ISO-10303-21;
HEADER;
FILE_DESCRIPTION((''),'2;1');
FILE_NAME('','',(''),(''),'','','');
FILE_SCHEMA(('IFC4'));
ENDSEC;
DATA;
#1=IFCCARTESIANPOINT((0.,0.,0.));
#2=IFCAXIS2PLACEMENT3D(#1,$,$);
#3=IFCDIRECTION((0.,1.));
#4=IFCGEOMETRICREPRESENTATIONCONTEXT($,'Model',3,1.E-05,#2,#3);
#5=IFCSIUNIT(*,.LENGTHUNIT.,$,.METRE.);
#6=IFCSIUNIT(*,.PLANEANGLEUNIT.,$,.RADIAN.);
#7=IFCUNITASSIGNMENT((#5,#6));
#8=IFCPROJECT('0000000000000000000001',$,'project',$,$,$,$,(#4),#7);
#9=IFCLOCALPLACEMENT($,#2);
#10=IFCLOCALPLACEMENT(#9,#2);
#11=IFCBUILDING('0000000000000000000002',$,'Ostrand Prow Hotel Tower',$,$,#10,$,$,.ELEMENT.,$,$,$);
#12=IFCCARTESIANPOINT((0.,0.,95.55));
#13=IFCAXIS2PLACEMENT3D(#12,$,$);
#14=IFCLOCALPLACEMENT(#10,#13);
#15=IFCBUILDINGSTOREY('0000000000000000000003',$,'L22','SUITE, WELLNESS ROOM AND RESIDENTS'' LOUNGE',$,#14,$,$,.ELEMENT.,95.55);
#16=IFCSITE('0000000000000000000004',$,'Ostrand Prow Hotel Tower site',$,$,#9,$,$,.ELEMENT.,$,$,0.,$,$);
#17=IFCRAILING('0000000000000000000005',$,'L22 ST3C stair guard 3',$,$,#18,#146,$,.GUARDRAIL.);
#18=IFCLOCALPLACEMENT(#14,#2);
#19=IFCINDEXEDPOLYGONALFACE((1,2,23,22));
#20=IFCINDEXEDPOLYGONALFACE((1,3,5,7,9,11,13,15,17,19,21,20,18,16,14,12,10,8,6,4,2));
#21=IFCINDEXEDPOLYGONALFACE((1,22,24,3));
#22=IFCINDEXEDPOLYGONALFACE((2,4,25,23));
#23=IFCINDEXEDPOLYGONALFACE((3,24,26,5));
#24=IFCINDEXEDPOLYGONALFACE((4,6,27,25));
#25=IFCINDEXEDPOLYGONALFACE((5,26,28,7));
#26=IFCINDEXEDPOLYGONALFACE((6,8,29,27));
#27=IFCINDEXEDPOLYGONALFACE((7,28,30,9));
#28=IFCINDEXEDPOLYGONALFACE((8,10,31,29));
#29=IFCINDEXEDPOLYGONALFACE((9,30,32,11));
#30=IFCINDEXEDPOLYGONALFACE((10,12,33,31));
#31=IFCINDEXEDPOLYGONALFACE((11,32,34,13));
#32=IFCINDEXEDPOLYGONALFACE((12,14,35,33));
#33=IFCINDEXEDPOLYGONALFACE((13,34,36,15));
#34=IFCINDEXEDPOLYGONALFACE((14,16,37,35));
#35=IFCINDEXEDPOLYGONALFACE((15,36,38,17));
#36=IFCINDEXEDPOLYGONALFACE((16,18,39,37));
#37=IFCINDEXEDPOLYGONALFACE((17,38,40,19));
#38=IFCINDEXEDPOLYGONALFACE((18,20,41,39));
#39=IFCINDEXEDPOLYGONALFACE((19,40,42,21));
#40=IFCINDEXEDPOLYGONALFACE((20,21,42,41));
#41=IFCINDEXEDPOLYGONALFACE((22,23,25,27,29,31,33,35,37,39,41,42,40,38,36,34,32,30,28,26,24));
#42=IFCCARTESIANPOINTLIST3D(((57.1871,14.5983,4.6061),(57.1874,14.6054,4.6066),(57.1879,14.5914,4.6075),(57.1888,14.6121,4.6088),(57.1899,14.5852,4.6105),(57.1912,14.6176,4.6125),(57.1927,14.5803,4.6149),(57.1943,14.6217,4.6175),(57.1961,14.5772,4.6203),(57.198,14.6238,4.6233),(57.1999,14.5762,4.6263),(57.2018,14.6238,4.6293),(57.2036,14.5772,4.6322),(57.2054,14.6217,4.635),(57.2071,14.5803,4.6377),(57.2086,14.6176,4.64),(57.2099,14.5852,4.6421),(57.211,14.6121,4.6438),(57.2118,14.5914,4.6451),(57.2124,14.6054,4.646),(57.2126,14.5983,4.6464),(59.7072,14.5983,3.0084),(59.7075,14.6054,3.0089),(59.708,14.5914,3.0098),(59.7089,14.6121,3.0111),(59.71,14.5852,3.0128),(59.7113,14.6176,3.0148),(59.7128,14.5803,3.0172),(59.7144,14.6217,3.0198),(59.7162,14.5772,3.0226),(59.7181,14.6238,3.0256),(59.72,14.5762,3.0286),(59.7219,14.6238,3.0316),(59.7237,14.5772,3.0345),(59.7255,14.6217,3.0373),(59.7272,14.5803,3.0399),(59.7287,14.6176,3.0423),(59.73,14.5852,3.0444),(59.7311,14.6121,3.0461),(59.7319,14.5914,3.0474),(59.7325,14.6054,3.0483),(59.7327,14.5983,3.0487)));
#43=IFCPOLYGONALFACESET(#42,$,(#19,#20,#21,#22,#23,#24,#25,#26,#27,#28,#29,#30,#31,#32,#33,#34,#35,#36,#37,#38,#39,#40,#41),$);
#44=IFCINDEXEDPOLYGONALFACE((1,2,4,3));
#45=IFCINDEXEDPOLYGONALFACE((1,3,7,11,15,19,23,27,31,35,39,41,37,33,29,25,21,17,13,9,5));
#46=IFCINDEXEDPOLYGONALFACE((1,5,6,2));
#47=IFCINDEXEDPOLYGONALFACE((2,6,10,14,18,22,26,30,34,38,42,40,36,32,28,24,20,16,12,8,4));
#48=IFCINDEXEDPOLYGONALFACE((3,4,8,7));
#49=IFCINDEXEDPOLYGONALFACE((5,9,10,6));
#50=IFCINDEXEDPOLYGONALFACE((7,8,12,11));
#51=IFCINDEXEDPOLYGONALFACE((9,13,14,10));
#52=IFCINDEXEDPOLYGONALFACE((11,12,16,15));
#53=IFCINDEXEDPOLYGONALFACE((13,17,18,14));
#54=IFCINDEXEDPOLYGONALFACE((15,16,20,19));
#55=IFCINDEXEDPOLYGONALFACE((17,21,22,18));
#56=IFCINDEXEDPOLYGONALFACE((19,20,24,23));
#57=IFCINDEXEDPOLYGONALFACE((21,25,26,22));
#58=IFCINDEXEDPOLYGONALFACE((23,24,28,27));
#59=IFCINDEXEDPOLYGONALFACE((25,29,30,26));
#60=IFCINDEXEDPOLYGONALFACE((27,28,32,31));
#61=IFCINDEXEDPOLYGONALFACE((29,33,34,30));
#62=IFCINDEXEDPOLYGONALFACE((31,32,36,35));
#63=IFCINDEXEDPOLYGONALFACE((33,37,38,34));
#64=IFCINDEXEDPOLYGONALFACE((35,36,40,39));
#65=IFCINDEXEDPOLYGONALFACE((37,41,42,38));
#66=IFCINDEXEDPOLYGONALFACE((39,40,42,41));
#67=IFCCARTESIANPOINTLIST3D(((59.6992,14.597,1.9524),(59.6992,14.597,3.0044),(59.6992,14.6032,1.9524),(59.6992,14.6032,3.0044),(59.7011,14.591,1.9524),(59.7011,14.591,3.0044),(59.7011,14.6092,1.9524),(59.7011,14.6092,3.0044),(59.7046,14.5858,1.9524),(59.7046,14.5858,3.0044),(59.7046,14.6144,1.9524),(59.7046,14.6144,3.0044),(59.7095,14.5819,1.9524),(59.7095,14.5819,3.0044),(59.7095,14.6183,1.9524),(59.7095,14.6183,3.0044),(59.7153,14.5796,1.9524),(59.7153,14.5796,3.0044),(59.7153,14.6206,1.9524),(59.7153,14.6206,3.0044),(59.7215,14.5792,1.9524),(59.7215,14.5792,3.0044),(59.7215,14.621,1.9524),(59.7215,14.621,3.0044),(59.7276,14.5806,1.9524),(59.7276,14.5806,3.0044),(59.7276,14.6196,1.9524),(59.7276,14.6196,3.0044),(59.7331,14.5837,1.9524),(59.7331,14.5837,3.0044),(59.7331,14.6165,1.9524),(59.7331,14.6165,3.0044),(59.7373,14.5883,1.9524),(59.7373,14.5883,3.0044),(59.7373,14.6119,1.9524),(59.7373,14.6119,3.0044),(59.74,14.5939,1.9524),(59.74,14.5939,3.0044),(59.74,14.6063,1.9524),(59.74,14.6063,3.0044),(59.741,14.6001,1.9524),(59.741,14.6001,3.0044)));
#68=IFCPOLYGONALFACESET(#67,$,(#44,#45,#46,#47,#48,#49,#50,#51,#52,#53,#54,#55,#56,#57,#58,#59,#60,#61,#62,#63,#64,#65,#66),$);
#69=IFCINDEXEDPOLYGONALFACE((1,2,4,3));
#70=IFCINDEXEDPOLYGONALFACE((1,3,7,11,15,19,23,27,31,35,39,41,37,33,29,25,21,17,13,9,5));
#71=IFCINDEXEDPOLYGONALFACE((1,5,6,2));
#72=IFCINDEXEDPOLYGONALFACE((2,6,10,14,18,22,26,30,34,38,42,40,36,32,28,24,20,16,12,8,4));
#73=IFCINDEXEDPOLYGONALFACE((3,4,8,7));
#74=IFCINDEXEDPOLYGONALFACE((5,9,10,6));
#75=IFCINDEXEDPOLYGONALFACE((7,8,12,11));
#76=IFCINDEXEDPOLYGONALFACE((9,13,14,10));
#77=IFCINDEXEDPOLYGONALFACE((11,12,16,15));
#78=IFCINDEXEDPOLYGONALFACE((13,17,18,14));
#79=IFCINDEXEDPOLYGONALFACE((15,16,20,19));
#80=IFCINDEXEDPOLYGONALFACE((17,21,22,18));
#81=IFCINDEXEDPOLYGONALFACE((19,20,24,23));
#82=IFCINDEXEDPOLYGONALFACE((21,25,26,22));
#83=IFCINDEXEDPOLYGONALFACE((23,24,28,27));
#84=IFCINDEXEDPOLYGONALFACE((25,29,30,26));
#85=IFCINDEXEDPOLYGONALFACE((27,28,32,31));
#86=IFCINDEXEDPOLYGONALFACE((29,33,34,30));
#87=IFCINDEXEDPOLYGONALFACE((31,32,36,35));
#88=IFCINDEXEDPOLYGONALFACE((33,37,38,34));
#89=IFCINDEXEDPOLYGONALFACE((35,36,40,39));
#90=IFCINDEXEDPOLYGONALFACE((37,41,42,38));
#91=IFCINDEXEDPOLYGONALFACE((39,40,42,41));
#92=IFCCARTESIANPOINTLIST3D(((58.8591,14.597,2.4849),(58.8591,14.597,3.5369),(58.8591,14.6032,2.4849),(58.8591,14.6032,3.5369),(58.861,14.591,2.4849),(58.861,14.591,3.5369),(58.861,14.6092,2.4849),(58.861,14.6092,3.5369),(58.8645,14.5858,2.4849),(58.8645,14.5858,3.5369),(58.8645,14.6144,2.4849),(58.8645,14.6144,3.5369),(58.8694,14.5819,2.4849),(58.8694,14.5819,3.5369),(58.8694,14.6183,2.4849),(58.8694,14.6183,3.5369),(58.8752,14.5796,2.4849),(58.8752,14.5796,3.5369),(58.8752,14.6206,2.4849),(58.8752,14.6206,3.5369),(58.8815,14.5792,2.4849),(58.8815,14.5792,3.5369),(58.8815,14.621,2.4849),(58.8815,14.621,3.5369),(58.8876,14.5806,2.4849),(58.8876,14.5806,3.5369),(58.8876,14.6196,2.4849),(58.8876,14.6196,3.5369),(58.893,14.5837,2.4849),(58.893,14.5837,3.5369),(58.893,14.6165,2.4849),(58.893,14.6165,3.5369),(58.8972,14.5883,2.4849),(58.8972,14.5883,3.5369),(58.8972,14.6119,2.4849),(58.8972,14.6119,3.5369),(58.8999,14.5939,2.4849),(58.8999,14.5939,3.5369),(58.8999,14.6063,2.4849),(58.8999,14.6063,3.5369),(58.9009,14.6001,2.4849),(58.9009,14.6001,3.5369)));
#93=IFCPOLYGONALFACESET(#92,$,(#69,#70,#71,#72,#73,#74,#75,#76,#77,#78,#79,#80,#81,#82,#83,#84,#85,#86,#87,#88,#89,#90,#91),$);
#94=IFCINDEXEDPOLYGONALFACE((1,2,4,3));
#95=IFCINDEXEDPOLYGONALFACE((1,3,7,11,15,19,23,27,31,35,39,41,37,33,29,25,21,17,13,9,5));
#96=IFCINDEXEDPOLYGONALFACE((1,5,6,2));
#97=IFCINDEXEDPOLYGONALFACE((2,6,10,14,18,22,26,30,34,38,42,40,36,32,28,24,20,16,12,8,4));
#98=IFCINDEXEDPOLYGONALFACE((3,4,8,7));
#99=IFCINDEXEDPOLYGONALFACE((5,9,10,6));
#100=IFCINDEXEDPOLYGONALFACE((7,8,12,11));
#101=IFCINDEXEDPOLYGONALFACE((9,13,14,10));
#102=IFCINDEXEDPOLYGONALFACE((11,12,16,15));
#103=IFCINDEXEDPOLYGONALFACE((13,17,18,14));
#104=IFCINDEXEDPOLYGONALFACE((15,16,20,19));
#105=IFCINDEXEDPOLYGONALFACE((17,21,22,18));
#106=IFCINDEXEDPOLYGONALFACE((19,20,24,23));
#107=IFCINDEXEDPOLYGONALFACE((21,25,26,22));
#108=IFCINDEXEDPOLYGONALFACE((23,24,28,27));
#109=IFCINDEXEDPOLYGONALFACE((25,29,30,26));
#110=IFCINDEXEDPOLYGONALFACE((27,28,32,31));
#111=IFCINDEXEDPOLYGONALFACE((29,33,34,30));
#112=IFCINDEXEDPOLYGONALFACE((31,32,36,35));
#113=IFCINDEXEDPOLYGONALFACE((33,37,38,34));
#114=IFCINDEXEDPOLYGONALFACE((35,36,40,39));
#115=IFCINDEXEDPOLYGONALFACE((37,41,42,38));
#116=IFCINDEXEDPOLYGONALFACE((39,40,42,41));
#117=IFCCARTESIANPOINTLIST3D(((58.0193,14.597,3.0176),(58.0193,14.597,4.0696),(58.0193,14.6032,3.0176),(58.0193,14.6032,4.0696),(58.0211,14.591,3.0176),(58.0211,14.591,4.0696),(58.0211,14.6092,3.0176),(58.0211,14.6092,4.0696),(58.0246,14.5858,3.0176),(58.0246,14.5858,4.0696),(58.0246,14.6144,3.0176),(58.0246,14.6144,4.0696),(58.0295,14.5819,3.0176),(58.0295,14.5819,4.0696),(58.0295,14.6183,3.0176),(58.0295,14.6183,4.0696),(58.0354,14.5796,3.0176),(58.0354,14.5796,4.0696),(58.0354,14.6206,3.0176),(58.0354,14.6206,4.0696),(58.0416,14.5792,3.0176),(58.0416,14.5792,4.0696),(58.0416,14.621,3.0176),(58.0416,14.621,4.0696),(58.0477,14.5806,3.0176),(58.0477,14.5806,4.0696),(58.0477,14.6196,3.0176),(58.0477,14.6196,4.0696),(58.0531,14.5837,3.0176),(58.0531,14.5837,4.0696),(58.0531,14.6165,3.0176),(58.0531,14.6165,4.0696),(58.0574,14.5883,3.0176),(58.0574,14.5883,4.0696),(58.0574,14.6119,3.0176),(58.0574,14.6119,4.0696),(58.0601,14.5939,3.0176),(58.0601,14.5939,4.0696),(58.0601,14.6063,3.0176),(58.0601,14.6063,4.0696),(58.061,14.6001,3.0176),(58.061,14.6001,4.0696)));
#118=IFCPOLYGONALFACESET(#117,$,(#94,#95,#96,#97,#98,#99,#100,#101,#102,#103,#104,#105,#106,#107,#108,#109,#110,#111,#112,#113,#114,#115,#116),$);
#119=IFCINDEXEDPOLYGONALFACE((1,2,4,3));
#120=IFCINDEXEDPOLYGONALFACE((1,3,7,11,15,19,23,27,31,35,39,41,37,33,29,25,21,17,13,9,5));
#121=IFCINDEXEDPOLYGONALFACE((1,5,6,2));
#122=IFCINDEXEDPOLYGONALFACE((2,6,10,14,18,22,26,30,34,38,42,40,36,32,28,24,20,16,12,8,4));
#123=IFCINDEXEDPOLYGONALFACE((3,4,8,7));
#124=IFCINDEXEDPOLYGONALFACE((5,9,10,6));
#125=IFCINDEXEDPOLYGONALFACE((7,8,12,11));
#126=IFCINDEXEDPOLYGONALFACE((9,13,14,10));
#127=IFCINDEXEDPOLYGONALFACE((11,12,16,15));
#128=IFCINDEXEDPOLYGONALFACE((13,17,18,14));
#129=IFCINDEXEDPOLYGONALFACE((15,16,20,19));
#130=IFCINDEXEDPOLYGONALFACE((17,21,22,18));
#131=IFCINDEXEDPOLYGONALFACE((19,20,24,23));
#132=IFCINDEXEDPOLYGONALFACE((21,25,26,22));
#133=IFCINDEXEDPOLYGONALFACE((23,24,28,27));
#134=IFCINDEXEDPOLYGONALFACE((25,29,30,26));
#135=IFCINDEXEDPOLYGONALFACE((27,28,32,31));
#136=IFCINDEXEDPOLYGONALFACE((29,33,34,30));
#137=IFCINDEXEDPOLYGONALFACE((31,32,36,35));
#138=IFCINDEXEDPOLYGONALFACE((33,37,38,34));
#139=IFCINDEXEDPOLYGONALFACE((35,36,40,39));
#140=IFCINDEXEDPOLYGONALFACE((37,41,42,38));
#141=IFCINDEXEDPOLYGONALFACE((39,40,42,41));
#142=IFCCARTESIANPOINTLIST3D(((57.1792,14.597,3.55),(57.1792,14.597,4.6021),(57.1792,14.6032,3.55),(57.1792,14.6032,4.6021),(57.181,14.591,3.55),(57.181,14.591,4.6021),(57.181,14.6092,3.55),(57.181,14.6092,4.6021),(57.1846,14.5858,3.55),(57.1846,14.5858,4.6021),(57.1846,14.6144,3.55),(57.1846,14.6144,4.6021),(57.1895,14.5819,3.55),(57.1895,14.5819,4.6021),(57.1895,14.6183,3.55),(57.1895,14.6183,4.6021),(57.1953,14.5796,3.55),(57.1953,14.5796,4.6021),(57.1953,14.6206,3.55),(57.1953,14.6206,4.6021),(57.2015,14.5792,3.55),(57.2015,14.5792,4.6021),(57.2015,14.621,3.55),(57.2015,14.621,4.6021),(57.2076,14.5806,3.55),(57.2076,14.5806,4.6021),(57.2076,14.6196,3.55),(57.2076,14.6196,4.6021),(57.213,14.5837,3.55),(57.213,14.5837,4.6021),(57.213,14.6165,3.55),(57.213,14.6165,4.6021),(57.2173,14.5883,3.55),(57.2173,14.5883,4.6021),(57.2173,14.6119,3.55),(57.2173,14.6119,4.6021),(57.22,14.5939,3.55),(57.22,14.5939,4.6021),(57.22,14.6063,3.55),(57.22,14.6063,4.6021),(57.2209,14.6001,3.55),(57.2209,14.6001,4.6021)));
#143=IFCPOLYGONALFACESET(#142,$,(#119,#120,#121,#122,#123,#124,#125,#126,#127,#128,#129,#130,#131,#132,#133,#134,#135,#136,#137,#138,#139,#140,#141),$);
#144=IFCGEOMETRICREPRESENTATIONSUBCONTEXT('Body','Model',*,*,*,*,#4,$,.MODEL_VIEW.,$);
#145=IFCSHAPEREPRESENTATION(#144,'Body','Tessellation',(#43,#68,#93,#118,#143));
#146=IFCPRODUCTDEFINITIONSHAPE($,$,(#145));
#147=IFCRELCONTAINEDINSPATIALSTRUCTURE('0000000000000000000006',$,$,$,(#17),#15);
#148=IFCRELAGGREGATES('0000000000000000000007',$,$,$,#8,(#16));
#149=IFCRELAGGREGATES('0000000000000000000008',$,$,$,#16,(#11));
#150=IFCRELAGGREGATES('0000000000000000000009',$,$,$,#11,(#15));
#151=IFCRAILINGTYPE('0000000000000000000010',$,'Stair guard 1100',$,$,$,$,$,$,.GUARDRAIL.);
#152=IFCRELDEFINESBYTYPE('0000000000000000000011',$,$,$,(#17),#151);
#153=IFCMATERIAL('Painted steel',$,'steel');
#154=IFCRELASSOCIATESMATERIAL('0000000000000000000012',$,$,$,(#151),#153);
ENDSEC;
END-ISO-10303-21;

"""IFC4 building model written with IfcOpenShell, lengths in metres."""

from ifc_helpers import new_model, si_unit, direction, frame, origin, origin_2d, place, context, subcontext, project, spatial, circle, extrude, material, type_object, element, save


model = new_model("IFC4")

# Units and contexts
model_context = context("Model", 3, precision=1e-05, world=origin(), true_north=direction((0.0, 1.0)))
body_context = subcontext(model_context, "Body", "Model", "MODEL_VIEW")
ifc_project = project(units=[si_unit("LENGTHUNIT", "METRE"), si_unit("PLANEANGLEUNIT", "RADIAN")], contexts=[model_context])

# Site, building, storey
site_placement = place(None, origin())
site = spatial("IfcSite", under=ifc_project, at=site_placement, Name="Ostrand Prow Hotel Tower site", CompositionType="ELEMENT", RefElevation=0.0)
building_placement = place(site_placement, origin())
building = spatial("IfcBuilding", under=site, at=building_placement, Name="Ostrand Prow Hotel Tower", CompositionType="ELEMENT")
storey_placement = place(building_placement, frame((0.0, 0.0, 95.55)))
storey = spatial("IfcBuildingStorey", under=building, at=storey_placement, Name="L22", Description="SUITE, WELLNESS ROOM AND RESIDENTS' LOUNGE", CompositionType="ELEMENT", Elevation=95.55)

# Railing
ifc_material_1 = material(Name="Painted steel", Category="steel")
railing_type_1 = type_object("IfcRailingType", Name="Stair guard 1100", PredefinedType="GUARDRAIL", material=ifc_material_1)
railing_1_placement = place(storey_placement, frame((59.72, 14.6001, 1.9524)))
element("IfcRailing", 1, at=railing_1_placement, inside=storey, type_object=railing_type_1, Name="L22 ST3C stair guard 3", PredefinedType="GUARDRAIL", context=body_context, shape_type="SweptSolid", body=[
    extrude(circle(Radius=0.0239, at=origin_2d()), frame((0.0, 0.0, 1.0762), z_axis=(-0.84457, 0.0, 0.535445), x_axis=(0.0, -1.0, 0.0)), (0.0, 0.0, 1.0), 2.9839),
    extrude(circle(Radius=0.021, at=origin_2d()), origin(), (0.0, 0.0, 1.0), 1.052),
    extrude(circle(Radius=0.021, at=origin_2d()), frame((-0.8401, 0.0, 0.5325)), (0.0, 0.0, 1.0), 1.052),
    extrude(circle(Radius=0.021, at=origin_2d()), frame((-1.6799, 0.0, 1.0652)), (0.0, 0.0, 1.0), 1.052),
    extrude(circle(Radius=0.021, at=origin_2d()), frame((-2.52, 0.0, 1.5977)), (0.0, 0.0, 1.0), 1.052),
])

save(model, "model.ifc")
